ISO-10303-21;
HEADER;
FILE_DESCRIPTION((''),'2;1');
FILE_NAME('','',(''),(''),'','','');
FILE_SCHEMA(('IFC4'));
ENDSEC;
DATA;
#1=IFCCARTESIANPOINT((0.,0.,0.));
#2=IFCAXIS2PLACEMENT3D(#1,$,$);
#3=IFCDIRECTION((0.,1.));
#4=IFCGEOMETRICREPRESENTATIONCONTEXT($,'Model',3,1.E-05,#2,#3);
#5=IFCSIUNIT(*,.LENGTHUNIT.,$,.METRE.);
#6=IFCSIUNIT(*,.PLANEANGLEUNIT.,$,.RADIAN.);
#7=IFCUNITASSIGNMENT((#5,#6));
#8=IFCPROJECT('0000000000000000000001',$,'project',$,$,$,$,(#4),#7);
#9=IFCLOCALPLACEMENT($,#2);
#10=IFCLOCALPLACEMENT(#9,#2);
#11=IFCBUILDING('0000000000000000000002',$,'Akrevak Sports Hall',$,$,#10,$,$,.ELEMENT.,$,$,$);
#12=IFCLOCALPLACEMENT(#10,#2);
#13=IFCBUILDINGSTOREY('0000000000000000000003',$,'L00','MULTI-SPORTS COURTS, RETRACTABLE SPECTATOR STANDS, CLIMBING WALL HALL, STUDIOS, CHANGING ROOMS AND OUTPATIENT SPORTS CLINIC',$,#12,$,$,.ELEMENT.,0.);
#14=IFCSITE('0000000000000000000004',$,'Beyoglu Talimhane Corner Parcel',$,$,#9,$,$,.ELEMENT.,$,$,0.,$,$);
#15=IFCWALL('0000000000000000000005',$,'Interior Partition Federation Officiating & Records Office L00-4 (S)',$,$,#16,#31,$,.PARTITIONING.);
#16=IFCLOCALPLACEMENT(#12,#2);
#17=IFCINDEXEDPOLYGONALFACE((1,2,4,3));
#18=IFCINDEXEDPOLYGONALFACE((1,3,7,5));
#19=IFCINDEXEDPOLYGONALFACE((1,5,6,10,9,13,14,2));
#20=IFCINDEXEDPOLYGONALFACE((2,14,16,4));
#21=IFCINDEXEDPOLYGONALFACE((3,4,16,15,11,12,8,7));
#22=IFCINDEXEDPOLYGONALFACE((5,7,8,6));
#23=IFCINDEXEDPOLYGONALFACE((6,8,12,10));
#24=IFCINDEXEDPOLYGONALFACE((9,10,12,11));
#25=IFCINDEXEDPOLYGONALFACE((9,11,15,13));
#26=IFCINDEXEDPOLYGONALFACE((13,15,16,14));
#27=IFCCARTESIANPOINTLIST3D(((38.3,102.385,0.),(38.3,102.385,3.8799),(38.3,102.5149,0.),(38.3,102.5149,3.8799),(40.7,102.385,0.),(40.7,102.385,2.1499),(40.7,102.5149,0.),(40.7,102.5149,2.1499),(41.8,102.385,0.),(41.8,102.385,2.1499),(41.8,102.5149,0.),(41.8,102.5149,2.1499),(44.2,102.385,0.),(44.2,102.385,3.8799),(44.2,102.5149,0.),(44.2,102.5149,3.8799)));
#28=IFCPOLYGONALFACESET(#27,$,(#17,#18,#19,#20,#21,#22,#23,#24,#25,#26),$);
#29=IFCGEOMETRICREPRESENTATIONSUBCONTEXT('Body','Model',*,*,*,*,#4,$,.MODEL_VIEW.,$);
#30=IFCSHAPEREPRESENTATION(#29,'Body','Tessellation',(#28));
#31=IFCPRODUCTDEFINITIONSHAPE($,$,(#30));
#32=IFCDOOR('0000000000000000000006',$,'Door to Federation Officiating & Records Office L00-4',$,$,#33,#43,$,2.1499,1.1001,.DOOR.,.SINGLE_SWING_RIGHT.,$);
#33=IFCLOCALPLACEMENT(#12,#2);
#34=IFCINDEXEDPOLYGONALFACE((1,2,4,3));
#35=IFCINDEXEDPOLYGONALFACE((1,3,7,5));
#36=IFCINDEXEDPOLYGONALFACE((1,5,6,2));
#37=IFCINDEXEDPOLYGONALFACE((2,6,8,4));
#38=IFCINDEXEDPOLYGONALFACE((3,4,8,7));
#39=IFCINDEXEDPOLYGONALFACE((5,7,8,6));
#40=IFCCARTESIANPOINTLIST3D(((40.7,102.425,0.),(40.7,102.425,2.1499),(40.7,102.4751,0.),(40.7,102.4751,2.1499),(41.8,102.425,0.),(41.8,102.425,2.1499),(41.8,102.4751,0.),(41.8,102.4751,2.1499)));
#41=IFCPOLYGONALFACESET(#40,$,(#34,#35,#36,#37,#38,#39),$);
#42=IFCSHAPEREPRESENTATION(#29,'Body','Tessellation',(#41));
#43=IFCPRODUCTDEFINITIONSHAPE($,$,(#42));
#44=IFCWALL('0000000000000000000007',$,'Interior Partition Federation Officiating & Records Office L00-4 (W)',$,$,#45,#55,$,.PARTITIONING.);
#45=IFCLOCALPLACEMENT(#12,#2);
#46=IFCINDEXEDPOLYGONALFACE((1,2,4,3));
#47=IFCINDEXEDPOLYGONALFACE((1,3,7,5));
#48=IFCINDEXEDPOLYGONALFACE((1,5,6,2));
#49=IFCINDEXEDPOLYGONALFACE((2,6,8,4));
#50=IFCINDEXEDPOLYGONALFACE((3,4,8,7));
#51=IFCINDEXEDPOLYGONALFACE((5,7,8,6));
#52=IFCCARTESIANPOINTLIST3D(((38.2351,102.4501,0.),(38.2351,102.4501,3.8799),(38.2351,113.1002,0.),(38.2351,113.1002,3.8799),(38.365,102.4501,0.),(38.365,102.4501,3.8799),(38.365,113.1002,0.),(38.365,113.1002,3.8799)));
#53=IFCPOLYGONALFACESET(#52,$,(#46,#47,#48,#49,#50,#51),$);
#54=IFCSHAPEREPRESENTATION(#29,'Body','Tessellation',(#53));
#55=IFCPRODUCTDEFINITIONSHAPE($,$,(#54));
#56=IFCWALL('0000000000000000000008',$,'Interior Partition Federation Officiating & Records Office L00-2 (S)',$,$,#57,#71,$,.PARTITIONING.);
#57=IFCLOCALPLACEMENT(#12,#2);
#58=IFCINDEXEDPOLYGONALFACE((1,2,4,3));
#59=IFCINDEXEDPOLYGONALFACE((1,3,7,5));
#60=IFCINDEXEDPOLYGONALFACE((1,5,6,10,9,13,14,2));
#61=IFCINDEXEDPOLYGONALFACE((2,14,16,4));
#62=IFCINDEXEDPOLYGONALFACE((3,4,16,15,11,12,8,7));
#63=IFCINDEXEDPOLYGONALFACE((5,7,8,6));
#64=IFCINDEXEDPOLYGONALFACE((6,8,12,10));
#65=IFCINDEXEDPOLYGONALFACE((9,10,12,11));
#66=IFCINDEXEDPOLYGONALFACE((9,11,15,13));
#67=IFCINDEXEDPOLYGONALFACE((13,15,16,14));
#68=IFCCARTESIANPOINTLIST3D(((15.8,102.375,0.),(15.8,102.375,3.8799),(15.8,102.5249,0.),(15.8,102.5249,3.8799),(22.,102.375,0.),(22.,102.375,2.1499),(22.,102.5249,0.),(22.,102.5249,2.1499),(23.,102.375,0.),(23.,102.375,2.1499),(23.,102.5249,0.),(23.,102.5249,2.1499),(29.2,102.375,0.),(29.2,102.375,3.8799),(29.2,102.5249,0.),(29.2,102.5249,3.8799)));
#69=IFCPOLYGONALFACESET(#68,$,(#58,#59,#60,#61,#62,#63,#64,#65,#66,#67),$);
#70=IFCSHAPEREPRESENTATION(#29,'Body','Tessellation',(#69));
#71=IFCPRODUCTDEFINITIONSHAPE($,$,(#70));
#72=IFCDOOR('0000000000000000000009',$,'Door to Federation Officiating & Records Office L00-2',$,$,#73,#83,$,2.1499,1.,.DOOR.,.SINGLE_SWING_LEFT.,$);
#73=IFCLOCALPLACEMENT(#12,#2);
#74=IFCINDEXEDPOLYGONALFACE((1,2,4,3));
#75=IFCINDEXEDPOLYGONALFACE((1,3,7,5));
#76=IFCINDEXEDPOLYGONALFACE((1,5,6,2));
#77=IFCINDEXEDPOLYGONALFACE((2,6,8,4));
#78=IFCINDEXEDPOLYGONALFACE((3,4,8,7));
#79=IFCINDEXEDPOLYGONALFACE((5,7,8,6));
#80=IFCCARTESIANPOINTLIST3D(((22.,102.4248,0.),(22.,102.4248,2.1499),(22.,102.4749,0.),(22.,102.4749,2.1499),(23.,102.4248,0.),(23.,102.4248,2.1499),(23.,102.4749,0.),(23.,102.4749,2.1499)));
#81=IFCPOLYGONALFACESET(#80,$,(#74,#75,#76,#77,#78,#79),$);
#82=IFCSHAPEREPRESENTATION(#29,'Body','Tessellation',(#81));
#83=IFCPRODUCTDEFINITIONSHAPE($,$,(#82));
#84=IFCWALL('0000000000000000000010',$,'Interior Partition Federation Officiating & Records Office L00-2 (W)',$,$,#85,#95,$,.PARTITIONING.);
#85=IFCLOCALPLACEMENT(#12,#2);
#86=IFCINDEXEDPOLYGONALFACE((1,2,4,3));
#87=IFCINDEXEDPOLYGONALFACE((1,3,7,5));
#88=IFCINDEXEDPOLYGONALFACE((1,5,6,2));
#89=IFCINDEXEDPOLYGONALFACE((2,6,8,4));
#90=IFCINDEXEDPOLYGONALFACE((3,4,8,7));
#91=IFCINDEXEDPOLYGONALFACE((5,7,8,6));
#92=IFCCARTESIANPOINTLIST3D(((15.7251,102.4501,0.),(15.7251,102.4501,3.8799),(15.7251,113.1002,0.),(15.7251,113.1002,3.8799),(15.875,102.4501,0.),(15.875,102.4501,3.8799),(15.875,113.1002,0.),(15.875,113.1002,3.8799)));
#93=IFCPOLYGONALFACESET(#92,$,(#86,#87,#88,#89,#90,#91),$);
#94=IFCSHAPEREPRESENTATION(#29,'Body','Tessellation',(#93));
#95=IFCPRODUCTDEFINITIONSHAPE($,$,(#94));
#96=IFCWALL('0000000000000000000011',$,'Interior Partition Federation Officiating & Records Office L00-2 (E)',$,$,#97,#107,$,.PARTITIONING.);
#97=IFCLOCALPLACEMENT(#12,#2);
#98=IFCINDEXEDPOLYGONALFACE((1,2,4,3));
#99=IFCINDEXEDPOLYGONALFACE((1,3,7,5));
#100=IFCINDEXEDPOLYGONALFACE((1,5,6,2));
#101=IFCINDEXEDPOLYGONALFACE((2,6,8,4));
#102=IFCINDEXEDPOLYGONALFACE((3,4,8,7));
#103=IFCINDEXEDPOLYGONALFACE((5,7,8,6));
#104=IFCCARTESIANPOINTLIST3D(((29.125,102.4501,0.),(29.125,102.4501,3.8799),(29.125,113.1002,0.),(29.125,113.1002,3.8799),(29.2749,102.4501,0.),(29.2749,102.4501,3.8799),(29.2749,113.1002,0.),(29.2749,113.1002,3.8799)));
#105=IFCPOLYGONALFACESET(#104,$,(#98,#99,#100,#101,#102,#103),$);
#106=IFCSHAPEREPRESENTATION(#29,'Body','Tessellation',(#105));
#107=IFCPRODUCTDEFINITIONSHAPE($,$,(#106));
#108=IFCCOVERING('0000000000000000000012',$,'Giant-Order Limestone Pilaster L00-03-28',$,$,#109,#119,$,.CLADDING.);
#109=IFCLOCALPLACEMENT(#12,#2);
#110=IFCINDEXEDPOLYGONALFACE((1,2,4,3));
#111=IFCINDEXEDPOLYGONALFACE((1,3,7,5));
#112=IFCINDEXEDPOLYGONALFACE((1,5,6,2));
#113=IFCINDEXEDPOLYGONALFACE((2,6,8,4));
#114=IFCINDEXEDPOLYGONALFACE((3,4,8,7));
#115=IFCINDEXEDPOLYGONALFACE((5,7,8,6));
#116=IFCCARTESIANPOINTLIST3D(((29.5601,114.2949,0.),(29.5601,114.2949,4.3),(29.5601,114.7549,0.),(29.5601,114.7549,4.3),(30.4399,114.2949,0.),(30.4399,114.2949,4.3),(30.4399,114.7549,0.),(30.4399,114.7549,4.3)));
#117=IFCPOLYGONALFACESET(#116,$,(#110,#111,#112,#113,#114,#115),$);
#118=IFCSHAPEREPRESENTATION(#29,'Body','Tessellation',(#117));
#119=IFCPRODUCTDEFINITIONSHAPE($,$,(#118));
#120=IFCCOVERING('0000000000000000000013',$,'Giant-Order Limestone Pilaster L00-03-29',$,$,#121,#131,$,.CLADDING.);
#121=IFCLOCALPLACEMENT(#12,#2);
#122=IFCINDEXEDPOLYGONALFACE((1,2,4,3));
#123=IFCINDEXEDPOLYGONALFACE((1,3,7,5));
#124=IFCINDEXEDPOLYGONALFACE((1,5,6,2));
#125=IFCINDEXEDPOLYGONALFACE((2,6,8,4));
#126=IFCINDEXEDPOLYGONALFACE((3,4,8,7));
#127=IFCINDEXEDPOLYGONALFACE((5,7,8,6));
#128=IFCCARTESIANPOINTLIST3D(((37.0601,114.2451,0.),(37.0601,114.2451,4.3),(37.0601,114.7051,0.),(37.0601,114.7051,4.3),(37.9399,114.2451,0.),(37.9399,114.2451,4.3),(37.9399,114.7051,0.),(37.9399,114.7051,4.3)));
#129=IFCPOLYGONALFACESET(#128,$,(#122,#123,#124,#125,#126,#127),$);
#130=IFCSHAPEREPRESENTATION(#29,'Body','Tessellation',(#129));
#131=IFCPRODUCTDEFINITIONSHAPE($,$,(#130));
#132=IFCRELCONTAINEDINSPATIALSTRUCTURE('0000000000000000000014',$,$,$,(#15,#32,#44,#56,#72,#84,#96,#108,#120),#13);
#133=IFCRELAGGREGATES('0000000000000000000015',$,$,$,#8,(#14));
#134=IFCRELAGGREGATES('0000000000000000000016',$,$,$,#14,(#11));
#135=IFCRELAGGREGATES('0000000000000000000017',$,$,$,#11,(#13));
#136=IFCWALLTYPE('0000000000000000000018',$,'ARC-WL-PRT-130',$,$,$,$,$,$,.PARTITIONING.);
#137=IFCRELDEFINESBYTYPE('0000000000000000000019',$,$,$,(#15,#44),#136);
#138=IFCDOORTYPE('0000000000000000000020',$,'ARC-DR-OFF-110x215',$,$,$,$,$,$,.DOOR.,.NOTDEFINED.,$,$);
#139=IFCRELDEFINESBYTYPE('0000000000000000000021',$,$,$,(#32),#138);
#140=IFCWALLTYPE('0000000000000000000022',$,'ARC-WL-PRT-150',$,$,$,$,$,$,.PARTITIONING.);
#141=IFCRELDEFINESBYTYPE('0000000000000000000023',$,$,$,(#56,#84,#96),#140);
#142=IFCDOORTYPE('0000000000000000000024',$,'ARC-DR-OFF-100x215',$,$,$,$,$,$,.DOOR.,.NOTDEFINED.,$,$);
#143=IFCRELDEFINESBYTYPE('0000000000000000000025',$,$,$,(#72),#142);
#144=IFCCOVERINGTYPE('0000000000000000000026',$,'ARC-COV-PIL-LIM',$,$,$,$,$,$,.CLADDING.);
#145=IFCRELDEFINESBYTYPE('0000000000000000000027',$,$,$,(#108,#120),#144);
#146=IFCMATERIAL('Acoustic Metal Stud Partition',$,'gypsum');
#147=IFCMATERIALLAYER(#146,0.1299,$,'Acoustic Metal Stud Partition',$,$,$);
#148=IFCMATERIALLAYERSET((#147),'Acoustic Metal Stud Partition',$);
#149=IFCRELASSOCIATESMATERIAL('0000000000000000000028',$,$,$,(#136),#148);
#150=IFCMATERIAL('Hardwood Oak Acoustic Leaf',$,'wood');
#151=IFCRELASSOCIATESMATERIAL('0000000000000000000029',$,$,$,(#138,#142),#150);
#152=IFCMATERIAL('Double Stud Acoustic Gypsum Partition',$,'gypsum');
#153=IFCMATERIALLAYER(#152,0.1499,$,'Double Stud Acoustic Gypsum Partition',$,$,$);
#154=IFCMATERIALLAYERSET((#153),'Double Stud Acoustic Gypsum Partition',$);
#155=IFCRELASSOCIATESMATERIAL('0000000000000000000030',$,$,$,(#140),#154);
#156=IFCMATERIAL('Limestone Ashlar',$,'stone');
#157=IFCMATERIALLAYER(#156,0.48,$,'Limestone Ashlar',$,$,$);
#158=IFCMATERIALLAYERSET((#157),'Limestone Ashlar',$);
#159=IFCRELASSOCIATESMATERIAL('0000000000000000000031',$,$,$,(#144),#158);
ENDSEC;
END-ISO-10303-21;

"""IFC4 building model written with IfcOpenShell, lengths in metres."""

from ifc_helpers import new_model, si_unit, direction, frame, frame_2d, origin, origin_2d, place, context, subcontext, project, spatial, rectangle, extrude, material, layer, layer_set, type_object, element, fill, save


model = new_model("IFC4")

# Units and contexts
model_context = context("Model", 3, precision=1e-05, world=origin(), true_north=direction((0.0, 1.0)))
body_context = subcontext(model_context, "Body", "Model", "MODEL_VIEW")
ifc_project = project(units=[si_unit("LENGTHUNIT", "METRE"), si_unit("PLANEANGLEUNIT", "RADIAN")], contexts=[model_context])

# Site, building, storey
site_placement = place(None, origin())
site = spatial("IfcSite", under=ifc_project, at=site_placement, Name="Beyoglu Talimhane Corner Parcel", CompositionType="ELEMENT", RefElevation=0.0)
building_placement = place(site_placement, origin())
building = spatial("IfcBuilding", under=site, at=building_placement, Name="Akrevak Sports Hall", CompositionType="ELEMENT")
storey_placement = place(building_placement, origin())
storey = spatial("IfcBuildingStorey", under=building, at=storey_placement, Name="L00", Description="MULTI-SPORTS COURTS, RETRACTABLE SPECTATOR STANDS, CLIMBING WALL HALL, STUDIOS, CHANGING ROOMS AND OUTPATIENT SPORTS CLINIC", CompositionType="ELEMENT", Elevation=0.0)

# Shared definitions
ifc_material_1 = material(Name="Limestone Ashlar", Category="stone")

# Wall, opening, door
ifc_material_2 = material(Name="Acoustic Metal Stud Partition", Category="gypsum")
ifc_layer_1 = layer(ifc_material_2, 0.1299, Name="Acoustic Metal Stud Partition")
ifc_layer_set_1 = layer_set([ifc_layer_1], Name="Acoustic Metal Stud Partition")
wall_type_1 = type_object("IfcWallType", Name="ARC-WL-PRT-130", PredefinedType="PARTITIONING", material=ifc_layer_set_1)
wall_1_placement = place(storey_placement, frame((38.3, 102.45, 0.0), z_axis=(0.0, 0.0, 1.0), x_axis=(1.0, 0.0, 0.0)))
wall_1 = element("IfcWall", 1, at=wall_1_placement, inside=storey, type_object=wall_type_1, Name="Interior Partition Federation Officiating & Records Office L00-4 (S)", PredefinedType="PARTITIONING", context=body_context, shape_type="SweptSolid", body=[
    extrude(rectangle(XDim=5.8999, YDim=0.1299, at=frame_2d((2.95, 0.0))), origin(), (0.0, 0.0, 1.0), 3.8799),
])
opening_1_placement = place(wall_1_placement, frame((2.3999, 0.0, 0.0)))
opening_1 = element("IfcOpeningElement", 2, at=opening_1_placement, cuts=wall_1, PredefinedType="OPENING", context=body_context, shape_type="SweptSolid", body=[
    extrude(rectangle(XDim=1.1001, YDim=2.1499, at=frame_2d((0.55, 1.075))), frame((0.0, 0.0769, 0.0), z_axis=(0.0, -1.0, 0.0), x_axis=(1.0, 0.0, 0.0)), (0.0, 0.0, 1.0), 0.1538),
])
ifc_material_3 = material(Name="Hardwood Oak Acoustic Leaf", Category="wood")
door_type_1 = type_object("IfcDoorType", Name="ARC-DR-OFF-110x215", OperationType="NOTDEFINED", PredefinedType="DOOR", material=ifc_material_3)
door_1_placement = place(opening_1_placement, frame((1.1001, 0.0, 0.0), z_axis=(0.0, 0.0, 1.0), x_axis=(-1.0, 0.0, 0.0)))
door_1 = element("IfcDoor", 3, at=door_1_placement, inside=storey, type_object=door_type_1, Name="Door to Federation Officiating & Records Office L00-4", OperationType="SINGLE_SWING_RIGHT", OverallHeight=2.1499, OverallWidth=1.1001, PredefinedType="DOOR", context=body_context, shape_type="SweptSolid", body=[
    extrude(rectangle(XDim=1.1001, YDim=2.1499, at=frame_2d((0.55, 1.075))), frame((0.0, 0.0249, 0.0), z_axis=(0.0, -1.0, 0.0), x_axis=(1.0, 0.0, 0.0)), (0.0, 0.0, 1.0), 0.05),
])
fill(opening_1, door_1)

# Wall
wall_2_placement = place(storey_placement, frame((38.3, 102.45, 0.0), z_axis=(0.0, 0.0, 1.0), x_axis=(0.0, 1.0, 0.0)))
element("IfcWall", 4, at=wall_2_placement, inside=storey, type_object=wall_type_1, Name="Interior Partition Federation Officiating & Records Office L00-4 (W)", PredefinedType="PARTITIONING", context=body_context, shape_type="SweptSolid", body=[
    extrude(rectangle(XDim=10.6501, YDim=0.1299, at=frame_2d((5.3252, 0.0))), origin(), (0.0, 0.0, 1.0), 3.8799),
])

# Wall, opening, door
ifc_material_4 = material(Name="Double Stud Acoustic Gypsum Partition", Category="gypsum")
ifc_layer_2 = layer(ifc_material_4, 0.1499, Name="Double Stud Acoustic Gypsum Partition")
ifc_layer_set_2 = layer_set([ifc_layer_2], Name="Double Stud Acoustic Gypsum Partition")
wall_type_2 = type_object("IfcWallType", Name="ARC-WL-PRT-150", PredefinedType="PARTITIONING", material=ifc_layer_set_2)
wall_3_placement = place(storey_placement, frame((15.8, 102.45, 0.0), z_axis=(0.0, 0.0, 1.0), x_axis=(1.0, 0.0, 0.0)))
wall_3 = element("IfcWall", 5, at=wall_3_placement, inside=storey, type_object=wall_type_2, Name="Interior Partition Federation Officiating & Records Office L00-2 (S)", PredefinedType="PARTITIONING", context=body_context, shape_type="SweptSolid", body=[
    extrude(rectangle(XDim=13.3999, YDim=0.1499, at=frame_2d((6.7, 0.0))), origin(), (0.0, 0.0, 1.0), 3.8799),
])
opening_2_placement = place(wall_3_placement, frame((6.2, 0.0, 0.0)))
opening_2 = element("IfcOpeningElement", 6, at=opening_2_placement, cuts=wall_3, PredefinedType="OPENING", context=body_context, shape_type="SweptSolid", body=[
    extrude(rectangle(XDim=1.0, YDim=2.1499, at=frame_2d((0.5, 1.075))), frame((0.0, 0.0869, 0.0), z_axis=(0.0, -1.0, 0.0), x_axis=(1.0, 0.0, 0.0)), (0.0, 0.0, 1.0), 0.1738),
])
door_type_2 = type_object("IfcDoorType", Name="ARC-DR-OFF-100x215", OperationType="NOTDEFINED", PredefinedType="DOOR", material=ifc_material_3)
door_2_placement = place(opening_2_placement, origin())
door_2 = element("IfcDoor", 7, at=door_2_placement, inside=storey, type_object=door_type_2, Name="Door to Federation Officiating & Records Office L00-2", OperationType="SINGLE_SWING_LEFT", OverallHeight=2.1499, OverallWidth=1.0, PredefinedType="DOOR", context=body_context, shape_type="SweptSolid", body=[
    extrude(rectangle(XDim=1.0, YDim=2.1499, at=frame_2d((0.5, 1.075))), frame((0.0, 0.0249, 0.0), z_axis=(0.0, -1.0, 0.0), x_axis=(1.0, 0.0, 0.0)), (0.0, 0.0, 1.0), 0.05),
])
fill(opening_2, door_2)

# Walls
for number, where, z_axis, x_axis, name in (
    (8, (15.8, 102.45, 0.0), (0.0, 0.0, 1.0), (0.0, 1.0, 0.0), "Interior Partition Federation Officiating & Records Office L00-2 (W)"),
    (9, (29.2, 102.45, 0.0), (0.0, 0.0, 1.0), (0.0, 1.0, 0.0), "Interior Partition Federation Officiating & Records Office L00-2 (E)"),
):
    element("IfcWall", number, at=place(storey_placement, frame(where, z_axis=z_axis, x_axis=x_axis)), inside=storey, type_object=wall_type_2, Name=name, PredefinedType="PARTITIONING", context=body_context, shape_type="SweptSolid", body=[
        extrude(rectangle(XDim=10.6501, YDim=0.1499, at=frame_2d((5.3252, 0.0))), origin(), (0.0, 0.0, 1.0), 3.8799),
    ])

# Coverings
ifc_layer_3 = layer(ifc_material_1, 0.48, Name="Limestone Ashlar")
ifc_layer_set_3 = layer_set([ifc_layer_3], Name="Limestone Ashlar")
covering_type = type_object("IfcCoveringType", Name="ARC-COV-PIL-LIM", PredefinedType="CLADDING", material=ifc_layer_set_3)
for number, where, z_axis, x_axis, name in (
    (10, (30.0, 114.5249, 0.0), (0.0, 0.0, 1.0), (-1.0, 0.0, 0.0), "Giant-Order Limestone Pilaster L00-03-28"),
    (11, (37.5, 114.4751, 0.0), (0.0, 0.0, 1.0), (-1.0, 0.0, 0.0), "Giant-Order Limestone Pilaster L00-03-29"),
):
    element("IfcCovering", number, at=place(storey_placement, frame(where, z_axis=z_axis, x_axis=x_axis)), inside=storey, type_object=covering_type, Name=name, PredefinedType="CLADDING", context=body_context, shape_type="SweptSolid", body=[
        extrude(rectangle(XDim=0.8799, YDim=0.46, at=origin_2d()), origin(), (0.0, 0.0, 1.0), 4.3),
    ])

save(model, "model.ifc")
